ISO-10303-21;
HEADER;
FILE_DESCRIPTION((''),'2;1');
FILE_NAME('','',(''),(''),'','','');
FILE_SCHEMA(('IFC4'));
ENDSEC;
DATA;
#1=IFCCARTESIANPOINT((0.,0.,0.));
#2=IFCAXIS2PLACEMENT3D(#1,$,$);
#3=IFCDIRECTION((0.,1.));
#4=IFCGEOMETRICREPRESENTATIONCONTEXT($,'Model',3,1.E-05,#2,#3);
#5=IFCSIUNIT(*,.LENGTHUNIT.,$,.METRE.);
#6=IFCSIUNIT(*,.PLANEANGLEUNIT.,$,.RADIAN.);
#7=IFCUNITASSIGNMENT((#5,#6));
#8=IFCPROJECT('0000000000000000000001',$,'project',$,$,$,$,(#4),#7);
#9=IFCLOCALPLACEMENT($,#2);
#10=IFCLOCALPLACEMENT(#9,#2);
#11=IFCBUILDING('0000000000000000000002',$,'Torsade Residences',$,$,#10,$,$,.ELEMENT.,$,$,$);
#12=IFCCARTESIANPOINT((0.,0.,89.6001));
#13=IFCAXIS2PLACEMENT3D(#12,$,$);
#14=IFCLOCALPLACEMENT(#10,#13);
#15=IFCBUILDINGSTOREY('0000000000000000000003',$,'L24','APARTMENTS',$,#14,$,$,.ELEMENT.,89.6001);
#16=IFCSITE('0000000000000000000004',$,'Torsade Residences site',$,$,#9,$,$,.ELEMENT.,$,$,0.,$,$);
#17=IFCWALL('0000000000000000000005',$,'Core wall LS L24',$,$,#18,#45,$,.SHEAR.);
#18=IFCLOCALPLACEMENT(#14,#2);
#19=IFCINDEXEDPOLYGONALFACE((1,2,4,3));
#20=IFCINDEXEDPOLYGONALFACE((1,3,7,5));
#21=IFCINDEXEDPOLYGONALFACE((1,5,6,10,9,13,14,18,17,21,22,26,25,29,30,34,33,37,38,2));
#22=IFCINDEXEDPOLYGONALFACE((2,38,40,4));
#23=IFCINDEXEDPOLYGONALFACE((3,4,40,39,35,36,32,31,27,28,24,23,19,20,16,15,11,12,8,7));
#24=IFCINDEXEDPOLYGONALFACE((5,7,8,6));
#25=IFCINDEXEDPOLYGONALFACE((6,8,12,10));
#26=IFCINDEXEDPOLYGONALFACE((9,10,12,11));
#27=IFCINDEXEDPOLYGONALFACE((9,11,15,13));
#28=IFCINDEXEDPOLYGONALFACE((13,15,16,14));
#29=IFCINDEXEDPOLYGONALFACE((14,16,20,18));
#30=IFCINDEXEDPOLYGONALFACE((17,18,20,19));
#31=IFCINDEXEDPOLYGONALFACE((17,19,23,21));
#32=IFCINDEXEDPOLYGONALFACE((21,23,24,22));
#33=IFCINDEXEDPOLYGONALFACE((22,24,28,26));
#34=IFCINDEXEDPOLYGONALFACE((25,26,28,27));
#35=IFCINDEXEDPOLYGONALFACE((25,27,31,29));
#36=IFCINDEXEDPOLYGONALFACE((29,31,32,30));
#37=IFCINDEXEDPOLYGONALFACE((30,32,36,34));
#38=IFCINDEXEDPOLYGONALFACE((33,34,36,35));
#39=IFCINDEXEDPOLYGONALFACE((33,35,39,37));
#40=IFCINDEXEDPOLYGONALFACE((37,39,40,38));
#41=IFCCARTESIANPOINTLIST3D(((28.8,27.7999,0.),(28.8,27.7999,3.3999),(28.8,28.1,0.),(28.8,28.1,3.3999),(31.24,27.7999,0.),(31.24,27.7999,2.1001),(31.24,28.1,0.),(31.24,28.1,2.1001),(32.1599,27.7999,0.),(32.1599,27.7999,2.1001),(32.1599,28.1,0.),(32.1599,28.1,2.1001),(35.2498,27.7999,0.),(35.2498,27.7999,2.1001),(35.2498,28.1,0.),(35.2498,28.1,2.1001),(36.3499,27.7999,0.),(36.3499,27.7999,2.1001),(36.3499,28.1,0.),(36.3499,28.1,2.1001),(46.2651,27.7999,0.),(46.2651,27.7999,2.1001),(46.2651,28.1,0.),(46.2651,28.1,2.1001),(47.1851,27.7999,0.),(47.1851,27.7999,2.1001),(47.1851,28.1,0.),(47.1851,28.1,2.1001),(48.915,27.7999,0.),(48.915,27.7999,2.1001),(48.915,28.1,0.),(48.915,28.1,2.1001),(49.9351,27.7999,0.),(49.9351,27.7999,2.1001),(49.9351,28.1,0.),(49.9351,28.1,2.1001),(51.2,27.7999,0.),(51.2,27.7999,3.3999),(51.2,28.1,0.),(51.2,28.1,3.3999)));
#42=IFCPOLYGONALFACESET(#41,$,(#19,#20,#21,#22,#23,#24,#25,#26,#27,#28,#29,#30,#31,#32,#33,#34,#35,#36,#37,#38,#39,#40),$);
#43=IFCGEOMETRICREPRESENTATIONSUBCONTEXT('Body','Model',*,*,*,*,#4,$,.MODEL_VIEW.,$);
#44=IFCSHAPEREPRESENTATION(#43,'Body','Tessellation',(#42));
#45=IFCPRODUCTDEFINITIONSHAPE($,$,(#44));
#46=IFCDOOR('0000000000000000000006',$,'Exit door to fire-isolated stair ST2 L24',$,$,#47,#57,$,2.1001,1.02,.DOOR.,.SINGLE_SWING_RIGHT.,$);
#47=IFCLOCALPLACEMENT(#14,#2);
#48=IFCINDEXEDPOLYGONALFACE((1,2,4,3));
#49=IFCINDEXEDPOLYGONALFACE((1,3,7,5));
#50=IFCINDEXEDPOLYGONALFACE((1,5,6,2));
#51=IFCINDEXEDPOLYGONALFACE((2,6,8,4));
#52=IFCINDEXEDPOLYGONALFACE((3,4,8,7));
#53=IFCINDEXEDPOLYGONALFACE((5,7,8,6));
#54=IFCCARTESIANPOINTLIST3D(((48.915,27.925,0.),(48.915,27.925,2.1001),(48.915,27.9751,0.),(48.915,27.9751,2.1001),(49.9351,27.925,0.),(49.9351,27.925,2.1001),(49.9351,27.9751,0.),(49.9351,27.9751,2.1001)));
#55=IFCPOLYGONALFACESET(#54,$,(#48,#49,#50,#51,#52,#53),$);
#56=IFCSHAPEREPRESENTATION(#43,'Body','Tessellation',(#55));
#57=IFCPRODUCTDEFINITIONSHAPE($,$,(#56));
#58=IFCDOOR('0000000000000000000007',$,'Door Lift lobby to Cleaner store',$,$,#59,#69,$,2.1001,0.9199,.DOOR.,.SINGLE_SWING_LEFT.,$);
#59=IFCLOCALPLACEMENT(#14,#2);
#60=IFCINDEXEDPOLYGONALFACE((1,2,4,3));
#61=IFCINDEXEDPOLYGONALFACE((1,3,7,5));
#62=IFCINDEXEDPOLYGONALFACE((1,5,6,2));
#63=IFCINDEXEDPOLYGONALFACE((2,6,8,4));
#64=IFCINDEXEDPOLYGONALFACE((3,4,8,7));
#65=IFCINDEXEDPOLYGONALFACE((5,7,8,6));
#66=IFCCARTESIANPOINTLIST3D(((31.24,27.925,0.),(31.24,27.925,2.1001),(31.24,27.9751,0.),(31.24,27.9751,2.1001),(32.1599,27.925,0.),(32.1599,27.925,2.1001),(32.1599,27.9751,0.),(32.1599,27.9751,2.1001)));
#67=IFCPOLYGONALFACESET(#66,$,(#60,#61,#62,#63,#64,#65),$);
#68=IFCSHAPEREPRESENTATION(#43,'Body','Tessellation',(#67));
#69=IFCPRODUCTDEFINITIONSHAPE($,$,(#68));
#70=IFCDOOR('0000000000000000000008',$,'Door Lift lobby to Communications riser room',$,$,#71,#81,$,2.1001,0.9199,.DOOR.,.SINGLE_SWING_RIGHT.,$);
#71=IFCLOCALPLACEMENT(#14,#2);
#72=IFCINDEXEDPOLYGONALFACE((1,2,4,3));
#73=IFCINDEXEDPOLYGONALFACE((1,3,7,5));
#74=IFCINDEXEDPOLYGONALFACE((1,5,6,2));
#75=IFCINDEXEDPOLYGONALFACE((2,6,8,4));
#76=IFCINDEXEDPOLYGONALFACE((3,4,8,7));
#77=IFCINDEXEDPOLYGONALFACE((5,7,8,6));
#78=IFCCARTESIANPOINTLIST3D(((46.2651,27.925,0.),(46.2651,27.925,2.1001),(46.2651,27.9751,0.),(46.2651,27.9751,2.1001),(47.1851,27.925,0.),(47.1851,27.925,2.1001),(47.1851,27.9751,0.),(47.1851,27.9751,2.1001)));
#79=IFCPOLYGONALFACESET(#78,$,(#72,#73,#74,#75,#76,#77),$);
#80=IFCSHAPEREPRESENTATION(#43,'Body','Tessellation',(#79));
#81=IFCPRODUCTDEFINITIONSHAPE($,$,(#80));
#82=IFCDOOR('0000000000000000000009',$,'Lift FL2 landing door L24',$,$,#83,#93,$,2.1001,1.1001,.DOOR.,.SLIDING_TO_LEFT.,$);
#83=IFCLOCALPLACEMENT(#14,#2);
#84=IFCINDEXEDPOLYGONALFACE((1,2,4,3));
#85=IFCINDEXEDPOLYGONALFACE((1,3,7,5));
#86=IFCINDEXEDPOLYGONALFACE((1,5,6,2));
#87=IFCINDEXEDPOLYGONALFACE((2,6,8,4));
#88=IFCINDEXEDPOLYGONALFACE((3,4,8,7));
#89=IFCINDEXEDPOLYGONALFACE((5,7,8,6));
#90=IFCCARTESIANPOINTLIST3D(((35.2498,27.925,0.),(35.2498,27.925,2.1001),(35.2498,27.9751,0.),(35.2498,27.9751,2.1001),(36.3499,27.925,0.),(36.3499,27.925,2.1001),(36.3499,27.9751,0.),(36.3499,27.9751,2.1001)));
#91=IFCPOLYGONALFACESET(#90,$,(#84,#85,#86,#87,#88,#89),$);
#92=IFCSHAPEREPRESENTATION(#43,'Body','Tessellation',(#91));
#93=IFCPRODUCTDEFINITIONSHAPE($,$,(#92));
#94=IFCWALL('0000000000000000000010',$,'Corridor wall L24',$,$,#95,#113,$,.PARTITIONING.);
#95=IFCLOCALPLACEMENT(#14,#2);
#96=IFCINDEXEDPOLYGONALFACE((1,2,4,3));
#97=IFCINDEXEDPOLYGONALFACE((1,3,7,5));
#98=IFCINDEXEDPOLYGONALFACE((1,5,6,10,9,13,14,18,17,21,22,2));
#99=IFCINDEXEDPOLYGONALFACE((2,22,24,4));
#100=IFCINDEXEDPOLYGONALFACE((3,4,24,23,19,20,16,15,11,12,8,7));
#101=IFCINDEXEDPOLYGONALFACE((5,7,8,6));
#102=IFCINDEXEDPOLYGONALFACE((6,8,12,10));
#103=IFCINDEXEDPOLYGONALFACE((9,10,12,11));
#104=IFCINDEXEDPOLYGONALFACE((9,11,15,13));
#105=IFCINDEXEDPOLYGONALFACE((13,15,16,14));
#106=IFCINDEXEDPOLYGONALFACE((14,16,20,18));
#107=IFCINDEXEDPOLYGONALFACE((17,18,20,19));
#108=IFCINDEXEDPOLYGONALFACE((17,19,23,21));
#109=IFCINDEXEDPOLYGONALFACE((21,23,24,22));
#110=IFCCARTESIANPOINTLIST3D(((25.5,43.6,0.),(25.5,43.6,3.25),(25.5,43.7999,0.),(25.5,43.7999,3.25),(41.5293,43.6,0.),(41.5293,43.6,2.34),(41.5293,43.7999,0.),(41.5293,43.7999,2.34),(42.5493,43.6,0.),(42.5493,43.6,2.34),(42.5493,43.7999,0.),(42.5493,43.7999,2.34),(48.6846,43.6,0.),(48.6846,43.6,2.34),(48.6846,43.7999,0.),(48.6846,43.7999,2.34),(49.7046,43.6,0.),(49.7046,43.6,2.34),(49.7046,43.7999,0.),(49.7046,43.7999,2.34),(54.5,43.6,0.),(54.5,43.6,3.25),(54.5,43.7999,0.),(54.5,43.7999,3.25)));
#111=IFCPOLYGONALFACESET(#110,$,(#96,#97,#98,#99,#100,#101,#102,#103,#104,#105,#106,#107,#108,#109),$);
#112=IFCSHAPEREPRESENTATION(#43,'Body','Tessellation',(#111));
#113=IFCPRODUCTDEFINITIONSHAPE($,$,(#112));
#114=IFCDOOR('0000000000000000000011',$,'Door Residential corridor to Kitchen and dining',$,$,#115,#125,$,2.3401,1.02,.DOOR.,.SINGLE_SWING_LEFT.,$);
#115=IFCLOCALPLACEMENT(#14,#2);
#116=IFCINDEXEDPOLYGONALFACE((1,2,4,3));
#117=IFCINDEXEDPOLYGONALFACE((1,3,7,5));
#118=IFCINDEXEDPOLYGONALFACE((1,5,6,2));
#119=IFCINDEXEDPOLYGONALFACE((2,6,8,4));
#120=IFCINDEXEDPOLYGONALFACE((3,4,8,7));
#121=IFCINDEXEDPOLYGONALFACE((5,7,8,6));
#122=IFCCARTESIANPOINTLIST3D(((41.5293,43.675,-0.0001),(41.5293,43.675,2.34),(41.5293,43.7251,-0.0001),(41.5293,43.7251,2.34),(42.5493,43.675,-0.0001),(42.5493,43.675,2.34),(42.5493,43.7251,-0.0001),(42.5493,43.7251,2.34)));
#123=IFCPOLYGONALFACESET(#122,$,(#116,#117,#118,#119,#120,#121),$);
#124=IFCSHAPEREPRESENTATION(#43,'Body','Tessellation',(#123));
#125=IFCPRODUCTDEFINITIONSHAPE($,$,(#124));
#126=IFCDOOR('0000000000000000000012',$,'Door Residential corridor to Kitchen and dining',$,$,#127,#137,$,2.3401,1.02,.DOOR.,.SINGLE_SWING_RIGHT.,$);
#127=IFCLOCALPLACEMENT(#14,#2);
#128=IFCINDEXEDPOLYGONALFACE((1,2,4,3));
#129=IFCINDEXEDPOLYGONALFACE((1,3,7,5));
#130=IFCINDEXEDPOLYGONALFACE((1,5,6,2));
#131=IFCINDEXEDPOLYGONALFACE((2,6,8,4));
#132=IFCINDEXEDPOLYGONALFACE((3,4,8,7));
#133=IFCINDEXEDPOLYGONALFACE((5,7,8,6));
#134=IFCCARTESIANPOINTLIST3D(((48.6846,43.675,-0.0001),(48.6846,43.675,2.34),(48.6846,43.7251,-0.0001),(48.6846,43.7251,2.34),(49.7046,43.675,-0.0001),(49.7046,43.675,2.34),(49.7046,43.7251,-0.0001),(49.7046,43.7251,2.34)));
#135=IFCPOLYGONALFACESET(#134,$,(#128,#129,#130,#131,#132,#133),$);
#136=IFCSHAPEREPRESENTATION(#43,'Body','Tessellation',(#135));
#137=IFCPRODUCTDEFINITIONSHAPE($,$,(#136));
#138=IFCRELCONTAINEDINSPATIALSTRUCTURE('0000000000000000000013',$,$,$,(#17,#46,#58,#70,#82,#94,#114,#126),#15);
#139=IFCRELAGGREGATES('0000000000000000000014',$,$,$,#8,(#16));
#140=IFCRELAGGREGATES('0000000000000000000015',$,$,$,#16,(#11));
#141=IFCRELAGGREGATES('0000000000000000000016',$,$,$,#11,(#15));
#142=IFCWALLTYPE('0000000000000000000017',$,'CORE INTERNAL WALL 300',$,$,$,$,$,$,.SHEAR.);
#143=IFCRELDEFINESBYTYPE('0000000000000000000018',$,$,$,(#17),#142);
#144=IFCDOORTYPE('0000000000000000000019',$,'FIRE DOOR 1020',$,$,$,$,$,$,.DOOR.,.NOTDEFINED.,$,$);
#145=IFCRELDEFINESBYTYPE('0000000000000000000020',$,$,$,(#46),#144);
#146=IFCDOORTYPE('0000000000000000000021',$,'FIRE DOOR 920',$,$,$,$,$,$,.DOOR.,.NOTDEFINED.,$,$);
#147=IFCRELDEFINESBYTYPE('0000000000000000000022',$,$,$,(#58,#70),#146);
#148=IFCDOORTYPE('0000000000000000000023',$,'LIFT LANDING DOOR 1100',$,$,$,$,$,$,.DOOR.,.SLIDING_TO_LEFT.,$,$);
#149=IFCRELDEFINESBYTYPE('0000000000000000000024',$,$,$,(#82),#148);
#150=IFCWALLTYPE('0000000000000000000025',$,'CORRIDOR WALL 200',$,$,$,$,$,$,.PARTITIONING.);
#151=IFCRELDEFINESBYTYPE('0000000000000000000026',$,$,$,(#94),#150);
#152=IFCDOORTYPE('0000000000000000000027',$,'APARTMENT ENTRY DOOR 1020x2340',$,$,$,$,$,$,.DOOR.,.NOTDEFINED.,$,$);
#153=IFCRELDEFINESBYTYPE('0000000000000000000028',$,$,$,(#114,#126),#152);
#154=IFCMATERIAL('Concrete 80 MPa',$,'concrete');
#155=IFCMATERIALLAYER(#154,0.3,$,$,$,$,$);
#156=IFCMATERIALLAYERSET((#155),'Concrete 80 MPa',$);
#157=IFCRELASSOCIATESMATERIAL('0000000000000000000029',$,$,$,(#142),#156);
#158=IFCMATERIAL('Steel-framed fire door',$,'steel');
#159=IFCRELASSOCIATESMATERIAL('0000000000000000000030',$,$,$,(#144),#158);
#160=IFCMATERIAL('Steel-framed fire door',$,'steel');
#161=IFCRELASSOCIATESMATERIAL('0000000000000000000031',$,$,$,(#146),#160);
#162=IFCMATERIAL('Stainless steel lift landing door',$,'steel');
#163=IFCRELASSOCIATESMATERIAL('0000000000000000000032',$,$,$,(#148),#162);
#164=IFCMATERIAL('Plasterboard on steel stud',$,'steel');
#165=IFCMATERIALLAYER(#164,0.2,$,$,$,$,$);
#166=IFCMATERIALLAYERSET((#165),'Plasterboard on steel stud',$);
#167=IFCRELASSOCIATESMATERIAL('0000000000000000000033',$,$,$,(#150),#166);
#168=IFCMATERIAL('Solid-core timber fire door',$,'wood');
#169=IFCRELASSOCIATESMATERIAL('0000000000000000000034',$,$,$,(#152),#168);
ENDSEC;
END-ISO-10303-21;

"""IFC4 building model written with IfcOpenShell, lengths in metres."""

from ifc_helpers import new_model, si_unit, direction, frame, frame_2d, origin, place, context, subcontext, project, spatial, rectangle, extrude, material, layer, layer_set, type_object, element, fill, save


model = new_model("IFC4")

# Units and contexts
model_context = context("Model", 3, precision=1e-05, world=origin(), true_north=direction((0.0, 1.0)))
body_context = subcontext(model_context, "Body", "Model", "MODEL_VIEW")
ifc_project = project(units=[si_unit("LENGTHUNIT", "METRE"), si_unit("PLANEANGLEUNIT", "RADIAN")], contexts=[model_context])

# Site, building, storey
site_placement = place(None, origin())
site = spatial("IfcSite", under=ifc_project, at=site_placement, Name="Torsade Residences site", CompositionType="ELEMENT", RefElevation=0.0)
building_placement = place(site_placement, origin())
building = spatial("IfcBuilding", under=site, at=building_placement, Name="Torsade Residences", CompositionType="ELEMENT")
storey_placement = place(building_placement, frame((0.0, 0.0, 89.6001)))
storey = spatial("IfcBuildingStorey", under=building, at=storey_placement, Name="L24", Description="APARTMENTS", CompositionType="ELEMENT", Elevation=89.6001)

# Walls, openings, doors
ifc_material_1 = material(Name="Concrete 80 MPa", Category="concrete")
ifc_layer_1 = layer(ifc_material_1, 0.3)
ifc_layer_set_1 = layer_set([ifc_layer_1], Name="Concrete 80 MPa")
wall_type_1 = type_object("IfcWallType", Name="CORE INTERNAL WALL 300", PredefinedType="SHEAR", material=ifc_layer_set_1)
wall_1_placement = place(storey_placement, frame((51.2, 27.95, 0.0), z_axis=(0.0, 0.0, 1.0), x_axis=(-1.0, 0.0, 0.0)))
wall_1 = element("IfcWall", 1, at=wall_1_placement, inside=storey, type_object=wall_type_1, Name="Core wall LS L24", PredefinedType="SHEAR", context=body_context, shape_type="SweptSolid", body=[
    extrude(rectangle(XDim=22.3999, YDim=0.3, at=frame_2d((11.2, 0.0))), origin(), (0.0, 0.0, 1.0), 3.3999),
])
opening_1_placement = place(wall_1_placement, frame((19.04, 0.0, 0.0)))
opening_1 = element("IfcOpeningElement", 2, at=opening_1_placement, cuts=wall_1, PredefinedType="OPENING", context=body_context, shape_type="SweptSolid", body=[
    extrude(rectangle(XDim=0.9199, YDim=2.1001, at=frame_2d((0.46, 1.05))), frame((0.0, 0.1599, 0.0), z_axis=(0.0, -1.0, 0.0), x_axis=(1.0, 0.0, 0.0)), (0.0, 0.0, 1.0), 0.3201),
])
opening_2_placement = place(wall_1_placement, frame((1.2649, 0.0, 0.0)))
opening_2 = element("IfcOpeningElement", 3, at=opening_2_placement, cuts=wall_1, PredefinedType="OPENING", context=body_context, shape_type="SweptSolid", body=[
    extrude(rectangle(XDim=1.02, YDim=2.1001, at=frame_2d((0.51, 1.05))), frame((0.0, 0.1599, 0.0), z_axis=(0.0, -1.0, 0.0), x_axis=(1.0, 0.0, 0.0)), (0.0, 0.0, 1.0), 0.3201),
])
opening_3_placement = place(wall_1_placement, frame((4.0149, 0.0, 0.0)))
opening_3 = element("IfcOpeningElement", 4, at=opening_3_placement, cuts=wall_1, PredefinedType="OPENING", context=body_context, shape_type="SweptSolid", body=[
    extrude(rectangle(XDim=0.9199, YDim=2.1001, at=frame_2d((0.46, 1.05))), frame((0.0, 0.1599, 0.0), z_axis=(0.0, -1.0, 0.0), x_axis=(1.0, 0.0, 0.0)), (0.0, 0.0, 1.0), 0.3201),
])
opening_4_placement = place(wall_1_placement, frame((14.8501, 0.0, 0.0)))
opening_4 = element("IfcOpeningElement", 5, at=opening_4_placement, cuts=wall_1, PredefinedType="OPENING", context=body_context, shape_type="SweptSolid", body=[
    extrude(rectangle(XDim=1.1001, YDim=2.1001, at=frame_2d((0.55, 1.05))), frame((0.0, 0.1599, 0.0), z_axis=(0.0, -1.0, 0.0), x_axis=(1.0, 0.0, 0.0)), (0.0, 0.0, 1.0), 0.3201),
])
ifc_material_2 = material(Name="Steel-framed fire door", Category="steel")
door_type_1 = type_object("IfcDoorType", Name="FIRE DOOR 1020", OperationType="NOTDEFINED", PredefinedType="DOOR", material=ifc_material_2)
door_1_placement = place(opening_2_placement, origin())
door_1 = element("IfcDoor", 6, at=door_1_placement, inside=storey, type_object=door_type_1, Name="Exit door to fire-isolated stair ST2 L24", OperationType="SINGLE_SWING_RIGHT", OverallHeight=2.1001, OverallWidth=1.02, PredefinedType="DOOR", context=body_context, shape_type="SweptSolid", body=[
    extrude(rectangle(XDim=1.02, YDim=2.1001, at=frame_2d((0.51, 1.05))), frame((0.0, 0.0249, 0.0), z_axis=(0.0, -1.0, 0.0), x_axis=(1.0, 0.0, 0.0)), (0.0, 0.0, 1.0), 0.05),
])
fill(opening_2, door_1)
ifc_material_3 = material(Name="Steel-framed fire door", Category="steel")
door_type_2 = type_object("IfcDoorType", Name="FIRE DOOR 920", OperationType="NOTDEFINED", PredefinedType="DOOR", material=ifc_material_3)
door_2_placement = place(opening_1_placement, origin())
door_2 = element("IfcDoor", 7, at=door_2_placement, inside=storey, type_object=door_type_2, Name="Door Lift lobby to Cleaner store", OperationType="SINGLE_SWING_LEFT", OverallHeight=2.1001, OverallWidth=0.9199, PredefinedType="DOOR", context=body_context, shape_type="SweptSolid", body=[
    extrude(rectangle(XDim=0.9199, YDim=2.1001, at=frame_2d((0.46, 1.05))), frame((0.0, 0.0249, 0.0), z_axis=(0.0, -1.0, 0.0), x_axis=(1.0, 0.0, 0.0)), (0.0, 0.0, 1.0), 0.05),
])
fill(opening_1, door_2)
door_3_placement = place(opening_3_placement, origin())
door_3 = element("IfcDoor", 8, at=door_3_placement, inside=storey, type_object=door_type_2, Name="Door Lift lobby to Communications riser room", OperationType="SINGLE_SWING_RIGHT", OverallHeight=2.1001, OverallWidth=0.9199, PredefinedType="DOOR", context=body_context, shape_type="SweptSolid", body=[
    extrude(rectangle(XDim=0.9199, YDim=2.1001, at=frame_2d((0.46, 1.05))), frame((0.0, 0.0249, 0.0), z_axis=(0.0, -1.0, 0.0), x_axis=(1.0, 0.0, 0.0)), (0.0, 0.0, 1.0), 0.05),
])
fill(opening_3, door_3)
ifc_material_4 = material(Name="Stainless steel lift landing door", Category="steel")
door_type_3 = type_object("IfcDoorType", Name="LIFT LANDING DOOR 1100", OperationType="SLIDING_TO_LEFT", PredefinedType="DOOR", material=ifc_material_4)
door_4_placement = place(opening_4_placement, origin())
door_4 = element("IfcDoor", 9, at=door_4_placement, inside=storey, type_object=door_type_3, Name="Lift FL2 landing door L24", OperationType="SLIDING_TO_LEFT", OverallHeight=2.1001, OverallWidth=1.1001, PredefinedType="DOOR", context=body_context, shape_type="SweptSolid", body=[
    extrude(rectangle(XDim=1.1001, YDim=2.1001, at=frame_2d((0.55, 1.05))), frame((0.0, 0.0249, 0.0), z_axis=(0.0, -1.0, 0.0), x_axis=(1.0, 0.0, 0.0)), (0.0, 0.0, 1.0), 0.05),
])
fill(opening_4, door_4)
ifc_material_5 = material(Name="Plasterboard on steel stud", Category="steel")
ifc_layer_2 = layer(ifc_material_5, 0.2)
ifc_layer_set_2 = layer_set([ifc_layer_2], Name="Plasterboard on steel stud")
wall_type_2 = type_object("IfcWallType", Name="CORRIDOR WALL 200", PredefinedType="PARTITIONING", material=ifc_layer_set_2)
wall_2_placement = place(storey_placement, frame((54.5, 43.7, 0.0), z_axis=(0.0, 0.0, 1.0), x_axis=(-1.0, 0.0, 0.0)))
wall_2 = element("IfcWall", 10, at=wall_2_placement, inside=storey, type_object=wall_type_2, Name="Corridor wall L24", PredefinedType="PARTITIONING", context=body_context, shape_type="SweptSolid", body=[
    extrude(rectangle(XDim=29.0, YDim=0.2, at=frame_2d((14.5, 0.0))), origin(), (0.0, 0.0, 1.0), 3.25),
])
opening_5_placement = place(wall_2_placement, frame((11.9507, 0.0, 0.0)))
opening_5 = element("IfcOpeningElement", 11, at=opening_5_placement, cuts=wall_2, PredefinedType="OPENING", context=body_context, shape_type="SweptSolid", body=[
    extrude(rectangle(XDim=1.02, YDim=2.3401, at=frame_2d((0.51, 1.1699))), frame((0.0, 0.1099, 0.0), z_axis=(0.0, -1.0, 0.0), x_axis=(1.0, 0.0, 0.0)), (0.0, 0.0, 1.0), 0.22),
])
opening_6_placement = place(wall_2_placement, frame((4.7954, 0.0, 0.0)))
opening_6 = element("IfcOpeningElement", 12, at=opening_6_placement, cuts=wall_2, PredefinedType="OPENING", context=body_context, shape_type="SweptSolid", body=[
    extrude(rectangle(XDim=1.02, YDim=2.3401, at=frame_2d((0.51, 1.1699))), frame((0.0, 0.1099, 0.0), z_axis=(0.0, -1.0, 0.0), x_axis=(1.0, 0.0, 0.0)), (0.0, 0.0, 1.0), 0.22),
])
ifc_material_6 = material(Name="Solid-core timber fire door", Category="wood")
door_type_4 = type_object("IfcDoorType", Name="APARTMENT ENTRY DOOR 1020x2340", OperationType="NOTDEFINED", PredefinedType="DOOR", material=ifc_material_6)
door_5_placement = place(opening_5_placement, origin())
door_5 = element("IfcDoor", 13, at=door_5_placement, inside=storey, type_object=door_type_4, Name="Door Residential corridor to Kitchen and dining", OperationType="SINGLE_SWING_LEFT", OverallHeight=2.3401, OverallWidth=1.02, PredefinedType="DOOR", context=body_context, shape_type="SweptSolid", body=[
    extrude(rectangle(XDim=1.02, YDim=2.3401, at=frame_2d((0.51, 1.1699))), frame((0.0, 0.0249, 0.0), z_axis=(0.0, -1.0, 0.0), x_axis=(1.0, 0.0, 0.0)), (0.0, 0.0, 1.0), 0.05),
])
fill(opening_5, door_5)
door_6_placement = place(opening_6_placement, origin())
door_6 = element("IfcDoor", 14, at=door_6_placement, inside=storey, type_object=door_type_4, Name="Door Residential corridor to Kitchen and dining", OperationType="SINGLE_SWING_RIGHT", OverallHeight=2.3401, OverallWidth=1.02, PredefinedType="DOOR", context=body_context, shape_type="SweptSolid", body=[
    extrude(rectangle(XDim=1.02, YDim=2.3401, at=frame_2d((0.51, 1.1699))), frame((0.0, 0.0249, 0.0), z_axis=(0.0, -1.0, 0.0), x_axis=(1.0, 0.0, 0.0)), (0.0, 0.0, 1.0), 0.05),
])
fill(opening_6, door_6)

save(model, "model.ifc")
